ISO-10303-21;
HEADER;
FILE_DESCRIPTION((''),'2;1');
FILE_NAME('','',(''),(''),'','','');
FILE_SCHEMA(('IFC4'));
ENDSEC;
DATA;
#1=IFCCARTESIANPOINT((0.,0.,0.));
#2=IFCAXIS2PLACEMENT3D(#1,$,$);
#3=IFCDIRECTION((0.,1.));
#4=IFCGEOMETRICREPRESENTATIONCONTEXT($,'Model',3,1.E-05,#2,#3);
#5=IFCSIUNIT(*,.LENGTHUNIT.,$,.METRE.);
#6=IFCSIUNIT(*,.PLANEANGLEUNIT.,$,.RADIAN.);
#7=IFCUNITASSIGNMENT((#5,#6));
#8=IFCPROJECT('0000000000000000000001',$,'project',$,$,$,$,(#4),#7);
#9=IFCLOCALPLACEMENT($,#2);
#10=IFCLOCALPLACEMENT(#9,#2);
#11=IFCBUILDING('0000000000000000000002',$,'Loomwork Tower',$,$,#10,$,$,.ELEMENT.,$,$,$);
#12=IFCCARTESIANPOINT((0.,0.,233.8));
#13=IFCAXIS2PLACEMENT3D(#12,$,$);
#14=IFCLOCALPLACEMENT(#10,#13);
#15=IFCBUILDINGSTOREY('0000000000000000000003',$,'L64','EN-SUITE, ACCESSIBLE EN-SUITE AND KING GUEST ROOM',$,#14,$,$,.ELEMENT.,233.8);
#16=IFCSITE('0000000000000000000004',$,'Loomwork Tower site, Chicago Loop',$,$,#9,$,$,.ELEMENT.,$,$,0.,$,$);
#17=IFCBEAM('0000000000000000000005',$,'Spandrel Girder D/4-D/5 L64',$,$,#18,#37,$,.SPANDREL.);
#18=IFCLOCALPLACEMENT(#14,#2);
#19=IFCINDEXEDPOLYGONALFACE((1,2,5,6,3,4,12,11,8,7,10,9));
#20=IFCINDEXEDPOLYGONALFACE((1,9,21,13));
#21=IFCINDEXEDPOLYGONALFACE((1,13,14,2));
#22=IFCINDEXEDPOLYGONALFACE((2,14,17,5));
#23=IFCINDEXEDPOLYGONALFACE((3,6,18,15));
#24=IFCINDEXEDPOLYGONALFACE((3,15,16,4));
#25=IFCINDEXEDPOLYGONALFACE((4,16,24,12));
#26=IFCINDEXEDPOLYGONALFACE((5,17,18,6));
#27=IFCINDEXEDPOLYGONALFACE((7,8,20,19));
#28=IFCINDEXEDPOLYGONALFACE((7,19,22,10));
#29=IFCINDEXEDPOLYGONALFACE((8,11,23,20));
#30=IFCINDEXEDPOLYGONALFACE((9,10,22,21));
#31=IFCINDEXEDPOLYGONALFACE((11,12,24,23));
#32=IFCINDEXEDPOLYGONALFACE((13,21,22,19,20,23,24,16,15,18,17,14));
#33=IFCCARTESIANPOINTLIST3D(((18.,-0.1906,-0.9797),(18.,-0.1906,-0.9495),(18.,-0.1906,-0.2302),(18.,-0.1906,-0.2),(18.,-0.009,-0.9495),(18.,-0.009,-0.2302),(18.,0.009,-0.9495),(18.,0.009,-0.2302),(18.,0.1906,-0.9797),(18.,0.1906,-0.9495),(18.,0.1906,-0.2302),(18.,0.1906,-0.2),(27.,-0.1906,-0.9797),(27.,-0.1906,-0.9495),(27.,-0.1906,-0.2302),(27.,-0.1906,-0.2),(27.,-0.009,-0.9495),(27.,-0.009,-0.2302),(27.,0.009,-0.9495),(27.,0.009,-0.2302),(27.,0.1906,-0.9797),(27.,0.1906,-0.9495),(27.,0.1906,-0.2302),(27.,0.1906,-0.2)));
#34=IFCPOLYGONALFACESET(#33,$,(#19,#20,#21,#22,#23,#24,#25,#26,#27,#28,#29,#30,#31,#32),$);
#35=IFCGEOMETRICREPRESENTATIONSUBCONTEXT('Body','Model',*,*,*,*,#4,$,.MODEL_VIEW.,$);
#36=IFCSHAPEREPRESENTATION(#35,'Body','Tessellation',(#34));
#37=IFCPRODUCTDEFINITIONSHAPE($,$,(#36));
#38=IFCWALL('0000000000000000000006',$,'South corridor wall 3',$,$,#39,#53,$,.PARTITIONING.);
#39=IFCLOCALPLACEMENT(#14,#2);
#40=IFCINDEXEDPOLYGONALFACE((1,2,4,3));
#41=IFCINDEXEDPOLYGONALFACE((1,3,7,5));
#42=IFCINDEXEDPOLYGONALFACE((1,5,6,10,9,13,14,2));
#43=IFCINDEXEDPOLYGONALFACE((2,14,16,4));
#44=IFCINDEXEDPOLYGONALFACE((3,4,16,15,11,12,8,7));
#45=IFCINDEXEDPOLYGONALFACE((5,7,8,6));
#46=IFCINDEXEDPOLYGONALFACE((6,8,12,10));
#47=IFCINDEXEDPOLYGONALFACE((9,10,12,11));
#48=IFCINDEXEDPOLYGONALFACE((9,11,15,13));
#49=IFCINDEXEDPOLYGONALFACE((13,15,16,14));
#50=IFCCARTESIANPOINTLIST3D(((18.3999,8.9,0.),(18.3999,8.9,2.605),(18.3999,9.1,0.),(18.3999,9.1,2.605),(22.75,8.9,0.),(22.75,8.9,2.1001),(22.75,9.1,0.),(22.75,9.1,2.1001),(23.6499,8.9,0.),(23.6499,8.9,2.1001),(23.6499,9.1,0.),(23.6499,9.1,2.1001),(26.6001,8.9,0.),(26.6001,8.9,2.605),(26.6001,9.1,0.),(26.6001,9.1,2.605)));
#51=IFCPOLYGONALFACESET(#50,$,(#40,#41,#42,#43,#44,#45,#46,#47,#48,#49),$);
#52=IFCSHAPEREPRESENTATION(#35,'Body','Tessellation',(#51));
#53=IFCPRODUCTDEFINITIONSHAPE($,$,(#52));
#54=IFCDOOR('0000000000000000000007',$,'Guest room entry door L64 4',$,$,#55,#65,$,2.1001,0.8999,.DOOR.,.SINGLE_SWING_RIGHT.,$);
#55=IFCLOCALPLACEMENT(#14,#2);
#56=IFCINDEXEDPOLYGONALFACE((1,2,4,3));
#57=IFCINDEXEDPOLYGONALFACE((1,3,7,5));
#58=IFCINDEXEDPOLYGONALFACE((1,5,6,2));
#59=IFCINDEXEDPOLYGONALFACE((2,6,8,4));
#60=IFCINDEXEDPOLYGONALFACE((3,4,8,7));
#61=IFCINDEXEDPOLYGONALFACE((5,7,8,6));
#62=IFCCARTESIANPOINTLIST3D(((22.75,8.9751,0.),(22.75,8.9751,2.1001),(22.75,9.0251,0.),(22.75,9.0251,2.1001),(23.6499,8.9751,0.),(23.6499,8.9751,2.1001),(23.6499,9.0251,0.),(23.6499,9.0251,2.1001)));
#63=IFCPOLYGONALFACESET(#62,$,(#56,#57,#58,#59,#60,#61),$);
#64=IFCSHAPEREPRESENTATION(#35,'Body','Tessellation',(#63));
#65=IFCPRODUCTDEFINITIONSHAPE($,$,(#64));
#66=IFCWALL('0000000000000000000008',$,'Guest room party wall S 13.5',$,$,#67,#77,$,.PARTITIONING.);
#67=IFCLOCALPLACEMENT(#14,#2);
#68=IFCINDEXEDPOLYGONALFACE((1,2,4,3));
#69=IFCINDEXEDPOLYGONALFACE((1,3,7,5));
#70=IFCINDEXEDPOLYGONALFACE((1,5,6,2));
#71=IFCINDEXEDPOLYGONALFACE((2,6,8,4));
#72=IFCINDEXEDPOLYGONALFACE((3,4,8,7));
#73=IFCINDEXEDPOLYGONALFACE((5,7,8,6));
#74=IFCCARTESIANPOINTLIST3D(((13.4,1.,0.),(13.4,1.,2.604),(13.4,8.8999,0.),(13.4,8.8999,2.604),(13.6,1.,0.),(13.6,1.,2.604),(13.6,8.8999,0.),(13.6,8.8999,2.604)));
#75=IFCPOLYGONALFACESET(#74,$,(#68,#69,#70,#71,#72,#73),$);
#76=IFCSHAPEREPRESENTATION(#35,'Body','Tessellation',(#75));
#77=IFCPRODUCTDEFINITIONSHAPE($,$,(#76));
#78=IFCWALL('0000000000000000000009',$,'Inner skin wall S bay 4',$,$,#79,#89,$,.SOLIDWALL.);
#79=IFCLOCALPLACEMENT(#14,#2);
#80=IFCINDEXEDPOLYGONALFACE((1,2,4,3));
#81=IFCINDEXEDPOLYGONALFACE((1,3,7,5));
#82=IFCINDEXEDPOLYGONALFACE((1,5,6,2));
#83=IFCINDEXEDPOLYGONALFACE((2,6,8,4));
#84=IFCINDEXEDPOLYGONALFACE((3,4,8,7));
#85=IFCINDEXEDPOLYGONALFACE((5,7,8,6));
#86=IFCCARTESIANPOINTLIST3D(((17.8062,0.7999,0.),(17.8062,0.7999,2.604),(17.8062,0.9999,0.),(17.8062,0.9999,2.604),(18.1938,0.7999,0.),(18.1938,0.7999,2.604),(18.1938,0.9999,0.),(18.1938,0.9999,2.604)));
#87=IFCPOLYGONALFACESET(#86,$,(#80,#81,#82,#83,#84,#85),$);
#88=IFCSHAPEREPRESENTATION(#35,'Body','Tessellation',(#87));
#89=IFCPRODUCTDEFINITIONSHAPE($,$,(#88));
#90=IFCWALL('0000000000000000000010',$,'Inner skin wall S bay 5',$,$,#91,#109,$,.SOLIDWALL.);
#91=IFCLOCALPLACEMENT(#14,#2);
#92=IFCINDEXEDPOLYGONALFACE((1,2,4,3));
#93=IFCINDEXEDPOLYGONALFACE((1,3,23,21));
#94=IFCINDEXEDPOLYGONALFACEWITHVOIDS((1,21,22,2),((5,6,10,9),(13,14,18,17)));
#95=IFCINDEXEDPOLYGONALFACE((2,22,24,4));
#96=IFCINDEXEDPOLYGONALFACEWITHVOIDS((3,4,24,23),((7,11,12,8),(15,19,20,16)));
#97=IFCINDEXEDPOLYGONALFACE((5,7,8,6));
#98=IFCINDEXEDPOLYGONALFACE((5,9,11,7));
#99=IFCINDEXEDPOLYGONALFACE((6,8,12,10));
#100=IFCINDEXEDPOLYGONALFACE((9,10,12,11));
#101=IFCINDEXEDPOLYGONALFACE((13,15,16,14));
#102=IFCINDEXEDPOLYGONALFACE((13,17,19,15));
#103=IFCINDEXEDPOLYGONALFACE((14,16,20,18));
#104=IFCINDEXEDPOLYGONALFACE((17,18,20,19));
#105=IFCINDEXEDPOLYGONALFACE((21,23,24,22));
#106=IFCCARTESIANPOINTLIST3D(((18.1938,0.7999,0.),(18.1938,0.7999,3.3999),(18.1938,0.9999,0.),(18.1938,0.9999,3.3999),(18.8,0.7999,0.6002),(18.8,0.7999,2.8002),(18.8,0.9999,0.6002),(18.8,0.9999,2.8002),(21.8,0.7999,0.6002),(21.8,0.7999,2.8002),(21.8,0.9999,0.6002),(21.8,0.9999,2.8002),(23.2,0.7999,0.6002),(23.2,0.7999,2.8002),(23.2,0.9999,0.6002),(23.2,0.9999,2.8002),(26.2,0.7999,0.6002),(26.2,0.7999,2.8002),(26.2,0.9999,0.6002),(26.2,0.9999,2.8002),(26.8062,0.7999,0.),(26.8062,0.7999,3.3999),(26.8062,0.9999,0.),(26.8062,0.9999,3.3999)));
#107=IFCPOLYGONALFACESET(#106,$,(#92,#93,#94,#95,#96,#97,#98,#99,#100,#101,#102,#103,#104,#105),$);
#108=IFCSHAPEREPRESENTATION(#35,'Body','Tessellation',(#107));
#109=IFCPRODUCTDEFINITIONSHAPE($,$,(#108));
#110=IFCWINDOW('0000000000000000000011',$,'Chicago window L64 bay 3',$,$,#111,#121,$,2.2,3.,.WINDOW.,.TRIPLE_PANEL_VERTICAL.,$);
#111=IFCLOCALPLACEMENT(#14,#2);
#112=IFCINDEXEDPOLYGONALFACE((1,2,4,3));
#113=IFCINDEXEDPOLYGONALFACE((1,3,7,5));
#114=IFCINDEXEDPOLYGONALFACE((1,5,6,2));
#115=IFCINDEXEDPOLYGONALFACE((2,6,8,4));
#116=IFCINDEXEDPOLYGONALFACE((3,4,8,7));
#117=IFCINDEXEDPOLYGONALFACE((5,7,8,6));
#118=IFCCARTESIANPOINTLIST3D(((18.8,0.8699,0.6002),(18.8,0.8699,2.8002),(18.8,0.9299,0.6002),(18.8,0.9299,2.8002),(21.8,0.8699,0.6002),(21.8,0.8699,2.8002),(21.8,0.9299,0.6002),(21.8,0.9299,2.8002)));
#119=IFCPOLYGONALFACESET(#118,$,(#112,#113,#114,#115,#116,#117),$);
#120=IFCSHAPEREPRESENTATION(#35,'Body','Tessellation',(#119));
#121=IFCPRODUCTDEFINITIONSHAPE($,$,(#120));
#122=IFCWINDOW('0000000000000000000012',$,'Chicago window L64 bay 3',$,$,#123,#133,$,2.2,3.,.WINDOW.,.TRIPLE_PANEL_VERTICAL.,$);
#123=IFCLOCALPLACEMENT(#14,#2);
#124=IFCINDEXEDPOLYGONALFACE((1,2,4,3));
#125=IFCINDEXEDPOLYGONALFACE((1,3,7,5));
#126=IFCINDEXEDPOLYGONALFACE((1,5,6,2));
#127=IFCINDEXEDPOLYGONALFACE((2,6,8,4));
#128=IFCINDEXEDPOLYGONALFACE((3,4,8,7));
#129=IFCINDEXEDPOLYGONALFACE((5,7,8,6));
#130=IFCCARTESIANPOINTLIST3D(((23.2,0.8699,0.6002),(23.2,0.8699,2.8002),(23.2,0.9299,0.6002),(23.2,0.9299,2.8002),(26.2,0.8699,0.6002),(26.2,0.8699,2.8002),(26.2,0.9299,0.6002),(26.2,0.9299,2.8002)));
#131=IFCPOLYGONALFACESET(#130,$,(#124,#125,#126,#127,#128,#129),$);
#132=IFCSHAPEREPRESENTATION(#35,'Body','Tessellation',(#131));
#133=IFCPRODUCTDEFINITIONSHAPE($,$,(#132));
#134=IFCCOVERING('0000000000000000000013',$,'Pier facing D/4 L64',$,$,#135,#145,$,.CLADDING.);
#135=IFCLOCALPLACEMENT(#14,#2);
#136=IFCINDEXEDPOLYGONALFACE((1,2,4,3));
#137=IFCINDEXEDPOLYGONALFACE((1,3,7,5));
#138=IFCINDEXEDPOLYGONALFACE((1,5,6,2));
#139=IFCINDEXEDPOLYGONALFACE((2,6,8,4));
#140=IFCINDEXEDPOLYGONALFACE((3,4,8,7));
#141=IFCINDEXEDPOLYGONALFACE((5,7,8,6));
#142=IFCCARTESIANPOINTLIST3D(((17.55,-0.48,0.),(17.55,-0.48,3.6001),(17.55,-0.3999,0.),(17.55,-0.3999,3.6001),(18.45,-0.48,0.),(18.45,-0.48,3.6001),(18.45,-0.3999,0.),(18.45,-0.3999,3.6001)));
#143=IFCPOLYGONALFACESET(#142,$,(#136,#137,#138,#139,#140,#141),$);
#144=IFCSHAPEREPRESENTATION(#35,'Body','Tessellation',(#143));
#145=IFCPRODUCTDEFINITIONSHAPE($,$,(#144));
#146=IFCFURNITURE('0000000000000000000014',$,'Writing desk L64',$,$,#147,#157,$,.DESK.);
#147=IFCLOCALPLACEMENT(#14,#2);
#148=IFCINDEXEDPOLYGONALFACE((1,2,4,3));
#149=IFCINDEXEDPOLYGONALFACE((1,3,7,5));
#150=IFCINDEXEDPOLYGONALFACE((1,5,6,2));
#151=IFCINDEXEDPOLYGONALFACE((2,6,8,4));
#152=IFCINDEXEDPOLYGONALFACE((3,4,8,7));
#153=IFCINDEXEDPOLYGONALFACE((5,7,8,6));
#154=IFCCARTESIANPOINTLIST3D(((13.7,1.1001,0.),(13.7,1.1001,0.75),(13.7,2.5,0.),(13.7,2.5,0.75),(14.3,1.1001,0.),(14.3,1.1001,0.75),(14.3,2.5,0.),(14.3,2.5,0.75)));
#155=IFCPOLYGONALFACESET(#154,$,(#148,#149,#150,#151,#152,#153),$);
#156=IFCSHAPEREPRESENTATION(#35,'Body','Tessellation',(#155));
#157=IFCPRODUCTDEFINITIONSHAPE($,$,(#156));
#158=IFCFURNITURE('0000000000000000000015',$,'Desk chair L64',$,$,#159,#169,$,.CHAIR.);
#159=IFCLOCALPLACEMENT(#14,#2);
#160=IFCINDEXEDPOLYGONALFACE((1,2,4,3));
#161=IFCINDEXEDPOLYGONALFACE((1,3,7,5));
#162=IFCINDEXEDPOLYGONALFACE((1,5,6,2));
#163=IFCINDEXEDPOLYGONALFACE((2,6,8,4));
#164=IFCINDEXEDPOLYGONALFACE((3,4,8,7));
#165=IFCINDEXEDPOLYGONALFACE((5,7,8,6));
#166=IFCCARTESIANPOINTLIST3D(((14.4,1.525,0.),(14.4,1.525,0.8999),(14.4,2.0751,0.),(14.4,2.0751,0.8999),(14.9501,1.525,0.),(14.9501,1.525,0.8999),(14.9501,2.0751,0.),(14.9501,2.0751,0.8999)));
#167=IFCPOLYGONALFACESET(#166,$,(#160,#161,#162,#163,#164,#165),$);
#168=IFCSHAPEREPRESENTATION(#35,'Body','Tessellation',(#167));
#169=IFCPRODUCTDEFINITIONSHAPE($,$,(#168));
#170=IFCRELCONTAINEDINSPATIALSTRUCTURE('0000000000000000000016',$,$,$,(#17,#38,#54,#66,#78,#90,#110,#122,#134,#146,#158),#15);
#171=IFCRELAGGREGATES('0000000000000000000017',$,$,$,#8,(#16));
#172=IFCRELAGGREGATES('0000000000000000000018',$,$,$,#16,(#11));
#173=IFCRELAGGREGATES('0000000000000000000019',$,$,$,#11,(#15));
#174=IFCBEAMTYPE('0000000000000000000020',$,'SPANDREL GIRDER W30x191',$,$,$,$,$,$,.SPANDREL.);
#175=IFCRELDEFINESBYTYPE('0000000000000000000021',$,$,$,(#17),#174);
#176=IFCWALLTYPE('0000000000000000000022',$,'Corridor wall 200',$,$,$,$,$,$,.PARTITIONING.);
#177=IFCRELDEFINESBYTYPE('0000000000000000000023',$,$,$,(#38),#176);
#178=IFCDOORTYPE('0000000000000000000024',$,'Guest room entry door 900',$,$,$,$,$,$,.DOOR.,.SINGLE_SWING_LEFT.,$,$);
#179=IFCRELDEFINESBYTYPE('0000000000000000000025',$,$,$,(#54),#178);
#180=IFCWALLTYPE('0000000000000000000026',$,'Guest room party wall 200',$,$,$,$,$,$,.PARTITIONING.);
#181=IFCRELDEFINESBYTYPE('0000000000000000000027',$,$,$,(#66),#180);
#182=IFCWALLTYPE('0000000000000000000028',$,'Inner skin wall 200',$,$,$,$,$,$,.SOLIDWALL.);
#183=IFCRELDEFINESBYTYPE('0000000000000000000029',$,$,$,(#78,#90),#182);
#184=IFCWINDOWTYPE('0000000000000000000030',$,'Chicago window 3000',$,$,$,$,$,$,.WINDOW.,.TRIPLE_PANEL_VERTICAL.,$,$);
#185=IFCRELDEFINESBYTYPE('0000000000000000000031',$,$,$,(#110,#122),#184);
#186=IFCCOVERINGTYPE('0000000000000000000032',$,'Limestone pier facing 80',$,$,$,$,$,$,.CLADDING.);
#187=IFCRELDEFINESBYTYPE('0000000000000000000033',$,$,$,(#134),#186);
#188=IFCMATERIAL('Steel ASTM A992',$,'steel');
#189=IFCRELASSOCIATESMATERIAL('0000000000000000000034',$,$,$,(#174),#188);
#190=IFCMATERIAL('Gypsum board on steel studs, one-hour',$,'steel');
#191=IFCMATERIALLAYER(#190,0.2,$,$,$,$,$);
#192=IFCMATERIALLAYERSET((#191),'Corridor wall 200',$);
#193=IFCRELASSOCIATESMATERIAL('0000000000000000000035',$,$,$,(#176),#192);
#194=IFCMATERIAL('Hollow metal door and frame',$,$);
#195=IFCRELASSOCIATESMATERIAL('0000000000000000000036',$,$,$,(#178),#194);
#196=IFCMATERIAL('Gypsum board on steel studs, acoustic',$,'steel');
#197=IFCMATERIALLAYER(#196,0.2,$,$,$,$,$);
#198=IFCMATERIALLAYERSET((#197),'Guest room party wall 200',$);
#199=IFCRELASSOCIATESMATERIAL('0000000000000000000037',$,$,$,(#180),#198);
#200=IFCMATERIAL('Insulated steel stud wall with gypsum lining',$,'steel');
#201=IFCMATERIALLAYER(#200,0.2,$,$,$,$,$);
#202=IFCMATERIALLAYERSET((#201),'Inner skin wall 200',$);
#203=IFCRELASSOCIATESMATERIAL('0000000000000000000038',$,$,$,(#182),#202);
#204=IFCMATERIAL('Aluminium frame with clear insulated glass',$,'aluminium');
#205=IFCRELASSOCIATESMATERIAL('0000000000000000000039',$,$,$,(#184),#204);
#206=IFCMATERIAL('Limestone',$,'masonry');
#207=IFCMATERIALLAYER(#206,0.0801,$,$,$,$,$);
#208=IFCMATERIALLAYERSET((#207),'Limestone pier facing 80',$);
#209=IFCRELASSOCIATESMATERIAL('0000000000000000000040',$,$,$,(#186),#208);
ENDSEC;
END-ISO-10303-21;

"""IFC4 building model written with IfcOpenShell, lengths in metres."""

from ifc_helpers import new_model, si_unit, direction, frame, frame_2d, origin, origin_2d, place, context, subcontext, project, spatial, rectangle, i_section, extrude, material, layer, layer_set, material_profile, profile_set, type_object, element, fill, save


model = new_model("IFC4")

# Units and contexts
model_context = context("Model", 3, precision=1e-05, world=origin(), true_north=direction((0.0, 1.0)))
body_context = subcontext(model_context, "Body", "Model", "MODEL_VIEW")
ifc_project = project(units=[si_unit("LENGTHUNIT", "METRE"), si_unit("PLANEANGLEUNIT", "RADIAN")], contexts=[model_context])

# Site, building, storey
site_placement = place(None, origin())
site = spatial("IfcSite", under=ifc_project, at=site_placement, Name="Loomwork Tower site, Chicago Loop", CompositionType="ELEMENT", RefElevation=0.0)
building_placement = place(site_placement, origin())
building = spatial("IfcBuilding", under=site, at=building_placement, Name="Loomwork Tower", CompositionType="ELEMENT")
storey_placement = place(building_placement, frame((0.0, 0.0, 233.8)))
storey = spatial("IfcBuildingStorey", under=building, at=storey_placement, Name="L64", Description="EN-SUITE, ACCESSIBLE EN-SUITE AND KING GUEST ROOM", CompositionType="ELEMENT", Elevation=233.8)

# Beam
ifc_material_1 = material(Name="Steel ASTM A992", Category="steel")
ifc_material_profile_1 = material_profile(ifc_material_1, i_section(OverallWidth=0.3811, OverallDepth=0.7798, WebThickness=0.0181, FlangeThickness=0.0303, at=origin_2d()), Name="W30x191")
ifc_profile_set_1 = profile_set([ifc_material_profile_1], Name="Steel ASTM A992")
beam_type_1 = type_object("IfcBeamType", Name="SPANDREL GIRDER W30x191", PredefinedType="SPANDREL", material=ifc_profile_set_1)
beam_1_placement = place(storey_placement, frame((18.0, 0.0, -0.5898), z_axis=(1.0, 0.0, 0.0), x_axis=(0.0, 1.0, 0.0)))
element("IfcBeam", 1, at=beam_1_placement, inside=storey, type_object=beam_type_1, Name="Spandrel Girder D/4-D/5 L64", PredefinedType="SPANDREL", context=body_context, shape_type="SweptSolid", body=[
    extrude(i_section(OverallWidth=0.3811, OverallDepth=0.7798, WebThickness=0.0181, FlangeThickness=0.0303, at=origin_2d()), origin(), (0.0, 0.0, 1.0), 9.0),
])

# Wall, opening, door
ifc_material_2 = material(Name="Gypsum board on steel studs, one-hour", Category="steel")
ifc_layer_1 = layer(ifc_material_2, 0.2)
ifc_layer_set_1 = layer_set([ifc_layer_1], Name="Corridor wall 200")
wall_type_1 = type_object("IfcWallType", Name="Corridor wall 200", PredefinedType="PARTITIONING", material=ifc_layer_set_1)
wall_1_placement = place(storey_placement, frame((18.3999, 9.0, 0.0), z_axis=(0.0, 0.0, 1.0), x_axis=(1.0, 0.0, 0.0)))
wall_1 = element("IfcWall", 2, at=wall_1_placement, inside=storey, type_object=wall_type_1, Name="South corridor wall 3", PredefinedType="PARTITIONING", context=body_context, shape_type="SweptSolid", body=[
    extrude(rectangle(XDim=8.2002, YDim=0.2, at=frame_2d((4.1001, 0.0))), origin(), (0.0, 0.0, 1.0), 2.605),
])
opening_1_placement = place(wall_1_placement, frame((4.3501, 0.0, 0.0)))
opening_1 = element("IfcOpeningElement", 3, at=opening_1_placement, cuts=wall_1, PredefinedType="OPENING", context=body_context, shape_type="SweptSolid", body=[
    extrude(rectangle(XDim=0.8999, YDim=2.1001, at=frame_2d((0.45, 1.05))), frame((0.0, 0.1099, 0.0), z_axis=(0.0, -1.0, 0.0), x_axis=(1.0, 0.0, 0.0)), (0.0, 0.0, 1.0), 0.22),
])
ifc_material_3 = material(Name="Hollow metal door and frame")
door_type = type_object("IfcDoorType", Name="Guest room entry door 900", OperationType="SINGLE_SWING_LEFT", PredefinedType="DOOR", material=ifc_material_3)
door_placement = place(opening_1_placement, frame((0.8999, 0.0, 0.0), z_axis=(0.0, 0.0, 1.0), x_axis=(-1.0, 0.0, 0.0)))
door = element("IfcDoor", 4, at=door_placement, inside=storey, type_object=door_type, Name="Guest room entry door L64 4", OperationType="SINGLE_SWING_RIGHT", OverallHeight=2.1001, OverallWidth=0.8999, PredefinedType="DOOR", context=body_context, shape_type="SweptSolid", body=[
    extrude(rectangle(XDim=0.8999, YDim=2.1001, at=frame_2d((0.45, 1.05))), frame((0.0, 0.0249, 0.0), z_axis=(0.0, -1.0, 0.0), x_axis=(1.0, 0.0, 0.0)), (0.0, 0.0, 1.0), 0.05),
])
fill(opening_1, door)

# Walls
ifc_material_4 = material(Name="Gypsum board on steel studs, acoustic", Category="steel")
ifc_layer_2 = layer(ifc_material_4, 0.2)
ifc_layer_set_2 = layer_set([ifc_layer_2], Name="Guest room party wall 200")
wall_type_2 = type_object("IfcWallType", Name="Guest room party wall 200", PredefinedType="PARTITIONING", material=ifc_layer_set_2)
wall_2_placement = place(storey_placement, frame((13.5, 8.8999, 0.0), z_axis=(0.0, 0.0, 1.0), x_axis=(0.0, -1.0, 0.0)))
element("IfcWall", 5, at=wall_2_placement, inside=storey, type_object=wall_type_2, Name="Guest room party wall S 13.5", PredefinedType="PARTITIONING", context=body_context, shape_type="SweptSolid", body=[
    extrude(rectangle(XDim=7.8999, YDim=0.2, at=frame_2d((3.95, 0.0))), origin(), (0.0, 0.0, 1.0), 2.604),
])
ifc_material_5 = material(Name="Insulated steel stud wall with gypsum lining", Category="steel")
ifc_layer_3 = layer(ifc_material_5, 0.2)
ifc_layer_set_3 = layer_set([ifc_layer_3], Name="Inner skin wall 200")
wall_type_3 = type_object("IfcWallType", Name="Inner skin wall 200", PredefinedType="SOLIDWALL", material=ifc_layer_set_3)
wall_3_placement = place(storey_placement, frame((17.8062, 0.8999, 0.0), z_axis=(0.0, 0.0, 1.0), x_axis=(1.0, 0.0, 0.0)))
element("IfcWall", 6, at=wall_3_placement, inside=storey, type_object=wall_type_3, Name="Inner skin wall S bay 4", PredefinedType="SOLIDWALL", context=body_context, shape_type="SweptSolid", body=[
    extrude(rectangle(XDim=0.3877, YDim=0.2, at=frame_2d((0.1938, 0.0))), origin(), (0.0, 0.0, 1.0), 2.604),
])

# Wall, openings, windows
wall_4_placement = place(storey_placement, frame((18.1938, 0.8999, 0.0), z_axis=(0.0, 0.0, 1.0), x_axis=(1.0, 0.0, 0.0)))
wall_4 = element("IfcWall", 7, at=wall_4_placement, inside=storey, type_object=wall_type_3, Name="Inner skin wall S bay 5", PredefinedType="SOLIDWALL", context=body_context, shape_type="SweptSolid", body=[
    extrude(rectangle(XDim=8.6123, YDim=0.2, at=frame_2d((4.3062, 0.0))), origin(), (0.0, 0.0, 1.0), 3.3999),
])
opening_2_placement = place(wall_4_placement, frame((0.6062, 0.0, 0.6001)))
opening_2 = element("IfcOpeningElement", 8, at=opening_2_placement, cuts=wall_4, PredefinedType="OPENING", context=body_context, shape_type="SweptSolid", body=[
    extrude(rectangle(XDim=3.0, YDim=2.2, at=frame_2d((1.5, 1.1001))), frame((0.0, 0.1099, 0.0), z_axis=(0.0, -1.0, 0.0), x_axis=(1.0, 0.0, 0.0)), (0.0, 0.0, 1.0), 0.22),
])
opening_3_placement = place(wall_4_placement, frame((5.0061, 0.0, 0.6001)))
opening_3 = element("IfcOpeningElement", 9, at=opening_3_placement, cuts=wall_4, PredefinedType="OPENING", context=body_context, shape_type="SweptSolid", body=[
    extrude(rectangle(XDim=3.0, YDim=2.2, at=frame_2d((1.5, 1.1001))), frame((0.0, 0.1099, 0.0), z_axis=(0.0, -1.0, 0.0), x_axis=(1.0, 0.0, 0.0)), (0.0, 0.0, 1.0), 0.22),
])
ifc_material_6 = material(Name="Aluminium frame with clear insulated glass", Category="aluminium")
window_type = type_object("IfcWindowType", Name="Chicago window 3000", PartitioningType="TRIPLE_PANEL_VERTICAL", PredefinedType="WINDOW", material=ifc_material_6)
window_1_placement = place(opening_2_placement, origin())
window_1 = element("IfcWindow", 10, at=window_1_placement, inside=storey, type_object=window_type, Name="Chicago window L64 bay 3", OverallHeight=2.2, OverallWidth=3.0, PartitioningType="TRIPLE_PANEL_VERTICAL", PredefinedType="WINDOW", context=body_context, shape_type="SweptSolid", body=[
    extrude(rectangle(XDim=3.0, YDim=2.2, at=frame_2d((1.5, 1.1001))), frame((0.0, 0.03, 0.0), z_axis=(0.0, -1.0, 0.0), x_axis=(1.0, 0.0, 0.0)), (0.0, 0.0, 1.0), 0.0601),
])
fill(opening_2, window_1)
window_2_placement = place(opening_3_placement, origin())
window_2 = element("IfcWindow", 11, at=window_2_placement, inside=storey, type_object=window_type, Name="Chicago window L64 bay 3", OverallHeight=2.2, OverallWidth=3.0, PartitioningType="TRIPLE_PANEL_VERTICAL", PredefinedType="WINDOW", context=body_context, shape_type="SweptSolid", body=[
    extrude(rectangle(XDim=3.0, YDim=2.2, at=frame_2d((1.5, 1.1001))), frame((0.0, 0.03, 0.0), z_axis=(0.0, -1.0, 0.0), x_axis=(1.0, 0.0, 0.0)), (0.0, 0.0, 1.0), 0.0601),
])
fill(opening_3, window_2)

# Covering
ifc_material_7 = material(Name="Limestone", Category="masonry")
ifc_layer_4 = layer(ifc_material_7, 0.0801)
ifc_layer_set_4 = layer_set([ifc_layer_4], Name="Limestone pier facing 80")
covering_type = type_object("IfcCoveringType", Name="Limestone pier facing 80", PredefinedType="CLADDING", material=ifc_layer_set_4)
covering_placement = place(storey_placement, frame((18.0, -0.4399, 0.0), z_axis=(0.0, 0.0, 1.0), x_axis=(1.0, 0.0, 0.0)))
element("IfcCovering", 12, at=covering_placement, inside=storey, type_object=covering_type, Name="Pier facing D/4 L64", PredefinedType="CLADDING", context=body_context, shape_type="SweptSolid", body=[
    extrude(rectangle(XDim=0.8999, YDim=0.0801, at=origin_2d()), origin(), (0.0, 0.0, 1.0), 3.6001),
])

# Furniture
furniture_1_placement = place(storey_placement, frame((14.0, 1.8, 0.0), z_axis=(0.0, 0.0, 1.0), x_axis=(1.0, 0.0, 0.0)))
element("IfcFurniture", 13, at=furniture_1_placement, inside=storey, Name="Writing desk L64", PredefinedType="DESK", context=body_context, shape_type="SweptSolid", body=[
    extrude(rectangle(XDim=0.6001, YDim=1.3999, at=origin_2d()), origin(), (0.0, 0.0, 1.0), 0.75),
])
furniture_2_placement = place(storey_placement, frame((14.675, 1.8, 0.0), z_axis=(0.0, 0.0, 1.0), x_axis=(1.0, 0.0, 0.0)))
element("IfcFurniture", 14, at=furniture_2_placement, inside=storey, Name="Desk chair L64", PredefinedType="CHAIR", context=body_context, shape_type="SweptSolid", body=[
    extrude(rectangle(XDim=0.55, YDim=0.55, at=origin_2d()), origin(), (0.0, 0.0, 1.0), 0.8999),
])

save(model, "model.ifc")
